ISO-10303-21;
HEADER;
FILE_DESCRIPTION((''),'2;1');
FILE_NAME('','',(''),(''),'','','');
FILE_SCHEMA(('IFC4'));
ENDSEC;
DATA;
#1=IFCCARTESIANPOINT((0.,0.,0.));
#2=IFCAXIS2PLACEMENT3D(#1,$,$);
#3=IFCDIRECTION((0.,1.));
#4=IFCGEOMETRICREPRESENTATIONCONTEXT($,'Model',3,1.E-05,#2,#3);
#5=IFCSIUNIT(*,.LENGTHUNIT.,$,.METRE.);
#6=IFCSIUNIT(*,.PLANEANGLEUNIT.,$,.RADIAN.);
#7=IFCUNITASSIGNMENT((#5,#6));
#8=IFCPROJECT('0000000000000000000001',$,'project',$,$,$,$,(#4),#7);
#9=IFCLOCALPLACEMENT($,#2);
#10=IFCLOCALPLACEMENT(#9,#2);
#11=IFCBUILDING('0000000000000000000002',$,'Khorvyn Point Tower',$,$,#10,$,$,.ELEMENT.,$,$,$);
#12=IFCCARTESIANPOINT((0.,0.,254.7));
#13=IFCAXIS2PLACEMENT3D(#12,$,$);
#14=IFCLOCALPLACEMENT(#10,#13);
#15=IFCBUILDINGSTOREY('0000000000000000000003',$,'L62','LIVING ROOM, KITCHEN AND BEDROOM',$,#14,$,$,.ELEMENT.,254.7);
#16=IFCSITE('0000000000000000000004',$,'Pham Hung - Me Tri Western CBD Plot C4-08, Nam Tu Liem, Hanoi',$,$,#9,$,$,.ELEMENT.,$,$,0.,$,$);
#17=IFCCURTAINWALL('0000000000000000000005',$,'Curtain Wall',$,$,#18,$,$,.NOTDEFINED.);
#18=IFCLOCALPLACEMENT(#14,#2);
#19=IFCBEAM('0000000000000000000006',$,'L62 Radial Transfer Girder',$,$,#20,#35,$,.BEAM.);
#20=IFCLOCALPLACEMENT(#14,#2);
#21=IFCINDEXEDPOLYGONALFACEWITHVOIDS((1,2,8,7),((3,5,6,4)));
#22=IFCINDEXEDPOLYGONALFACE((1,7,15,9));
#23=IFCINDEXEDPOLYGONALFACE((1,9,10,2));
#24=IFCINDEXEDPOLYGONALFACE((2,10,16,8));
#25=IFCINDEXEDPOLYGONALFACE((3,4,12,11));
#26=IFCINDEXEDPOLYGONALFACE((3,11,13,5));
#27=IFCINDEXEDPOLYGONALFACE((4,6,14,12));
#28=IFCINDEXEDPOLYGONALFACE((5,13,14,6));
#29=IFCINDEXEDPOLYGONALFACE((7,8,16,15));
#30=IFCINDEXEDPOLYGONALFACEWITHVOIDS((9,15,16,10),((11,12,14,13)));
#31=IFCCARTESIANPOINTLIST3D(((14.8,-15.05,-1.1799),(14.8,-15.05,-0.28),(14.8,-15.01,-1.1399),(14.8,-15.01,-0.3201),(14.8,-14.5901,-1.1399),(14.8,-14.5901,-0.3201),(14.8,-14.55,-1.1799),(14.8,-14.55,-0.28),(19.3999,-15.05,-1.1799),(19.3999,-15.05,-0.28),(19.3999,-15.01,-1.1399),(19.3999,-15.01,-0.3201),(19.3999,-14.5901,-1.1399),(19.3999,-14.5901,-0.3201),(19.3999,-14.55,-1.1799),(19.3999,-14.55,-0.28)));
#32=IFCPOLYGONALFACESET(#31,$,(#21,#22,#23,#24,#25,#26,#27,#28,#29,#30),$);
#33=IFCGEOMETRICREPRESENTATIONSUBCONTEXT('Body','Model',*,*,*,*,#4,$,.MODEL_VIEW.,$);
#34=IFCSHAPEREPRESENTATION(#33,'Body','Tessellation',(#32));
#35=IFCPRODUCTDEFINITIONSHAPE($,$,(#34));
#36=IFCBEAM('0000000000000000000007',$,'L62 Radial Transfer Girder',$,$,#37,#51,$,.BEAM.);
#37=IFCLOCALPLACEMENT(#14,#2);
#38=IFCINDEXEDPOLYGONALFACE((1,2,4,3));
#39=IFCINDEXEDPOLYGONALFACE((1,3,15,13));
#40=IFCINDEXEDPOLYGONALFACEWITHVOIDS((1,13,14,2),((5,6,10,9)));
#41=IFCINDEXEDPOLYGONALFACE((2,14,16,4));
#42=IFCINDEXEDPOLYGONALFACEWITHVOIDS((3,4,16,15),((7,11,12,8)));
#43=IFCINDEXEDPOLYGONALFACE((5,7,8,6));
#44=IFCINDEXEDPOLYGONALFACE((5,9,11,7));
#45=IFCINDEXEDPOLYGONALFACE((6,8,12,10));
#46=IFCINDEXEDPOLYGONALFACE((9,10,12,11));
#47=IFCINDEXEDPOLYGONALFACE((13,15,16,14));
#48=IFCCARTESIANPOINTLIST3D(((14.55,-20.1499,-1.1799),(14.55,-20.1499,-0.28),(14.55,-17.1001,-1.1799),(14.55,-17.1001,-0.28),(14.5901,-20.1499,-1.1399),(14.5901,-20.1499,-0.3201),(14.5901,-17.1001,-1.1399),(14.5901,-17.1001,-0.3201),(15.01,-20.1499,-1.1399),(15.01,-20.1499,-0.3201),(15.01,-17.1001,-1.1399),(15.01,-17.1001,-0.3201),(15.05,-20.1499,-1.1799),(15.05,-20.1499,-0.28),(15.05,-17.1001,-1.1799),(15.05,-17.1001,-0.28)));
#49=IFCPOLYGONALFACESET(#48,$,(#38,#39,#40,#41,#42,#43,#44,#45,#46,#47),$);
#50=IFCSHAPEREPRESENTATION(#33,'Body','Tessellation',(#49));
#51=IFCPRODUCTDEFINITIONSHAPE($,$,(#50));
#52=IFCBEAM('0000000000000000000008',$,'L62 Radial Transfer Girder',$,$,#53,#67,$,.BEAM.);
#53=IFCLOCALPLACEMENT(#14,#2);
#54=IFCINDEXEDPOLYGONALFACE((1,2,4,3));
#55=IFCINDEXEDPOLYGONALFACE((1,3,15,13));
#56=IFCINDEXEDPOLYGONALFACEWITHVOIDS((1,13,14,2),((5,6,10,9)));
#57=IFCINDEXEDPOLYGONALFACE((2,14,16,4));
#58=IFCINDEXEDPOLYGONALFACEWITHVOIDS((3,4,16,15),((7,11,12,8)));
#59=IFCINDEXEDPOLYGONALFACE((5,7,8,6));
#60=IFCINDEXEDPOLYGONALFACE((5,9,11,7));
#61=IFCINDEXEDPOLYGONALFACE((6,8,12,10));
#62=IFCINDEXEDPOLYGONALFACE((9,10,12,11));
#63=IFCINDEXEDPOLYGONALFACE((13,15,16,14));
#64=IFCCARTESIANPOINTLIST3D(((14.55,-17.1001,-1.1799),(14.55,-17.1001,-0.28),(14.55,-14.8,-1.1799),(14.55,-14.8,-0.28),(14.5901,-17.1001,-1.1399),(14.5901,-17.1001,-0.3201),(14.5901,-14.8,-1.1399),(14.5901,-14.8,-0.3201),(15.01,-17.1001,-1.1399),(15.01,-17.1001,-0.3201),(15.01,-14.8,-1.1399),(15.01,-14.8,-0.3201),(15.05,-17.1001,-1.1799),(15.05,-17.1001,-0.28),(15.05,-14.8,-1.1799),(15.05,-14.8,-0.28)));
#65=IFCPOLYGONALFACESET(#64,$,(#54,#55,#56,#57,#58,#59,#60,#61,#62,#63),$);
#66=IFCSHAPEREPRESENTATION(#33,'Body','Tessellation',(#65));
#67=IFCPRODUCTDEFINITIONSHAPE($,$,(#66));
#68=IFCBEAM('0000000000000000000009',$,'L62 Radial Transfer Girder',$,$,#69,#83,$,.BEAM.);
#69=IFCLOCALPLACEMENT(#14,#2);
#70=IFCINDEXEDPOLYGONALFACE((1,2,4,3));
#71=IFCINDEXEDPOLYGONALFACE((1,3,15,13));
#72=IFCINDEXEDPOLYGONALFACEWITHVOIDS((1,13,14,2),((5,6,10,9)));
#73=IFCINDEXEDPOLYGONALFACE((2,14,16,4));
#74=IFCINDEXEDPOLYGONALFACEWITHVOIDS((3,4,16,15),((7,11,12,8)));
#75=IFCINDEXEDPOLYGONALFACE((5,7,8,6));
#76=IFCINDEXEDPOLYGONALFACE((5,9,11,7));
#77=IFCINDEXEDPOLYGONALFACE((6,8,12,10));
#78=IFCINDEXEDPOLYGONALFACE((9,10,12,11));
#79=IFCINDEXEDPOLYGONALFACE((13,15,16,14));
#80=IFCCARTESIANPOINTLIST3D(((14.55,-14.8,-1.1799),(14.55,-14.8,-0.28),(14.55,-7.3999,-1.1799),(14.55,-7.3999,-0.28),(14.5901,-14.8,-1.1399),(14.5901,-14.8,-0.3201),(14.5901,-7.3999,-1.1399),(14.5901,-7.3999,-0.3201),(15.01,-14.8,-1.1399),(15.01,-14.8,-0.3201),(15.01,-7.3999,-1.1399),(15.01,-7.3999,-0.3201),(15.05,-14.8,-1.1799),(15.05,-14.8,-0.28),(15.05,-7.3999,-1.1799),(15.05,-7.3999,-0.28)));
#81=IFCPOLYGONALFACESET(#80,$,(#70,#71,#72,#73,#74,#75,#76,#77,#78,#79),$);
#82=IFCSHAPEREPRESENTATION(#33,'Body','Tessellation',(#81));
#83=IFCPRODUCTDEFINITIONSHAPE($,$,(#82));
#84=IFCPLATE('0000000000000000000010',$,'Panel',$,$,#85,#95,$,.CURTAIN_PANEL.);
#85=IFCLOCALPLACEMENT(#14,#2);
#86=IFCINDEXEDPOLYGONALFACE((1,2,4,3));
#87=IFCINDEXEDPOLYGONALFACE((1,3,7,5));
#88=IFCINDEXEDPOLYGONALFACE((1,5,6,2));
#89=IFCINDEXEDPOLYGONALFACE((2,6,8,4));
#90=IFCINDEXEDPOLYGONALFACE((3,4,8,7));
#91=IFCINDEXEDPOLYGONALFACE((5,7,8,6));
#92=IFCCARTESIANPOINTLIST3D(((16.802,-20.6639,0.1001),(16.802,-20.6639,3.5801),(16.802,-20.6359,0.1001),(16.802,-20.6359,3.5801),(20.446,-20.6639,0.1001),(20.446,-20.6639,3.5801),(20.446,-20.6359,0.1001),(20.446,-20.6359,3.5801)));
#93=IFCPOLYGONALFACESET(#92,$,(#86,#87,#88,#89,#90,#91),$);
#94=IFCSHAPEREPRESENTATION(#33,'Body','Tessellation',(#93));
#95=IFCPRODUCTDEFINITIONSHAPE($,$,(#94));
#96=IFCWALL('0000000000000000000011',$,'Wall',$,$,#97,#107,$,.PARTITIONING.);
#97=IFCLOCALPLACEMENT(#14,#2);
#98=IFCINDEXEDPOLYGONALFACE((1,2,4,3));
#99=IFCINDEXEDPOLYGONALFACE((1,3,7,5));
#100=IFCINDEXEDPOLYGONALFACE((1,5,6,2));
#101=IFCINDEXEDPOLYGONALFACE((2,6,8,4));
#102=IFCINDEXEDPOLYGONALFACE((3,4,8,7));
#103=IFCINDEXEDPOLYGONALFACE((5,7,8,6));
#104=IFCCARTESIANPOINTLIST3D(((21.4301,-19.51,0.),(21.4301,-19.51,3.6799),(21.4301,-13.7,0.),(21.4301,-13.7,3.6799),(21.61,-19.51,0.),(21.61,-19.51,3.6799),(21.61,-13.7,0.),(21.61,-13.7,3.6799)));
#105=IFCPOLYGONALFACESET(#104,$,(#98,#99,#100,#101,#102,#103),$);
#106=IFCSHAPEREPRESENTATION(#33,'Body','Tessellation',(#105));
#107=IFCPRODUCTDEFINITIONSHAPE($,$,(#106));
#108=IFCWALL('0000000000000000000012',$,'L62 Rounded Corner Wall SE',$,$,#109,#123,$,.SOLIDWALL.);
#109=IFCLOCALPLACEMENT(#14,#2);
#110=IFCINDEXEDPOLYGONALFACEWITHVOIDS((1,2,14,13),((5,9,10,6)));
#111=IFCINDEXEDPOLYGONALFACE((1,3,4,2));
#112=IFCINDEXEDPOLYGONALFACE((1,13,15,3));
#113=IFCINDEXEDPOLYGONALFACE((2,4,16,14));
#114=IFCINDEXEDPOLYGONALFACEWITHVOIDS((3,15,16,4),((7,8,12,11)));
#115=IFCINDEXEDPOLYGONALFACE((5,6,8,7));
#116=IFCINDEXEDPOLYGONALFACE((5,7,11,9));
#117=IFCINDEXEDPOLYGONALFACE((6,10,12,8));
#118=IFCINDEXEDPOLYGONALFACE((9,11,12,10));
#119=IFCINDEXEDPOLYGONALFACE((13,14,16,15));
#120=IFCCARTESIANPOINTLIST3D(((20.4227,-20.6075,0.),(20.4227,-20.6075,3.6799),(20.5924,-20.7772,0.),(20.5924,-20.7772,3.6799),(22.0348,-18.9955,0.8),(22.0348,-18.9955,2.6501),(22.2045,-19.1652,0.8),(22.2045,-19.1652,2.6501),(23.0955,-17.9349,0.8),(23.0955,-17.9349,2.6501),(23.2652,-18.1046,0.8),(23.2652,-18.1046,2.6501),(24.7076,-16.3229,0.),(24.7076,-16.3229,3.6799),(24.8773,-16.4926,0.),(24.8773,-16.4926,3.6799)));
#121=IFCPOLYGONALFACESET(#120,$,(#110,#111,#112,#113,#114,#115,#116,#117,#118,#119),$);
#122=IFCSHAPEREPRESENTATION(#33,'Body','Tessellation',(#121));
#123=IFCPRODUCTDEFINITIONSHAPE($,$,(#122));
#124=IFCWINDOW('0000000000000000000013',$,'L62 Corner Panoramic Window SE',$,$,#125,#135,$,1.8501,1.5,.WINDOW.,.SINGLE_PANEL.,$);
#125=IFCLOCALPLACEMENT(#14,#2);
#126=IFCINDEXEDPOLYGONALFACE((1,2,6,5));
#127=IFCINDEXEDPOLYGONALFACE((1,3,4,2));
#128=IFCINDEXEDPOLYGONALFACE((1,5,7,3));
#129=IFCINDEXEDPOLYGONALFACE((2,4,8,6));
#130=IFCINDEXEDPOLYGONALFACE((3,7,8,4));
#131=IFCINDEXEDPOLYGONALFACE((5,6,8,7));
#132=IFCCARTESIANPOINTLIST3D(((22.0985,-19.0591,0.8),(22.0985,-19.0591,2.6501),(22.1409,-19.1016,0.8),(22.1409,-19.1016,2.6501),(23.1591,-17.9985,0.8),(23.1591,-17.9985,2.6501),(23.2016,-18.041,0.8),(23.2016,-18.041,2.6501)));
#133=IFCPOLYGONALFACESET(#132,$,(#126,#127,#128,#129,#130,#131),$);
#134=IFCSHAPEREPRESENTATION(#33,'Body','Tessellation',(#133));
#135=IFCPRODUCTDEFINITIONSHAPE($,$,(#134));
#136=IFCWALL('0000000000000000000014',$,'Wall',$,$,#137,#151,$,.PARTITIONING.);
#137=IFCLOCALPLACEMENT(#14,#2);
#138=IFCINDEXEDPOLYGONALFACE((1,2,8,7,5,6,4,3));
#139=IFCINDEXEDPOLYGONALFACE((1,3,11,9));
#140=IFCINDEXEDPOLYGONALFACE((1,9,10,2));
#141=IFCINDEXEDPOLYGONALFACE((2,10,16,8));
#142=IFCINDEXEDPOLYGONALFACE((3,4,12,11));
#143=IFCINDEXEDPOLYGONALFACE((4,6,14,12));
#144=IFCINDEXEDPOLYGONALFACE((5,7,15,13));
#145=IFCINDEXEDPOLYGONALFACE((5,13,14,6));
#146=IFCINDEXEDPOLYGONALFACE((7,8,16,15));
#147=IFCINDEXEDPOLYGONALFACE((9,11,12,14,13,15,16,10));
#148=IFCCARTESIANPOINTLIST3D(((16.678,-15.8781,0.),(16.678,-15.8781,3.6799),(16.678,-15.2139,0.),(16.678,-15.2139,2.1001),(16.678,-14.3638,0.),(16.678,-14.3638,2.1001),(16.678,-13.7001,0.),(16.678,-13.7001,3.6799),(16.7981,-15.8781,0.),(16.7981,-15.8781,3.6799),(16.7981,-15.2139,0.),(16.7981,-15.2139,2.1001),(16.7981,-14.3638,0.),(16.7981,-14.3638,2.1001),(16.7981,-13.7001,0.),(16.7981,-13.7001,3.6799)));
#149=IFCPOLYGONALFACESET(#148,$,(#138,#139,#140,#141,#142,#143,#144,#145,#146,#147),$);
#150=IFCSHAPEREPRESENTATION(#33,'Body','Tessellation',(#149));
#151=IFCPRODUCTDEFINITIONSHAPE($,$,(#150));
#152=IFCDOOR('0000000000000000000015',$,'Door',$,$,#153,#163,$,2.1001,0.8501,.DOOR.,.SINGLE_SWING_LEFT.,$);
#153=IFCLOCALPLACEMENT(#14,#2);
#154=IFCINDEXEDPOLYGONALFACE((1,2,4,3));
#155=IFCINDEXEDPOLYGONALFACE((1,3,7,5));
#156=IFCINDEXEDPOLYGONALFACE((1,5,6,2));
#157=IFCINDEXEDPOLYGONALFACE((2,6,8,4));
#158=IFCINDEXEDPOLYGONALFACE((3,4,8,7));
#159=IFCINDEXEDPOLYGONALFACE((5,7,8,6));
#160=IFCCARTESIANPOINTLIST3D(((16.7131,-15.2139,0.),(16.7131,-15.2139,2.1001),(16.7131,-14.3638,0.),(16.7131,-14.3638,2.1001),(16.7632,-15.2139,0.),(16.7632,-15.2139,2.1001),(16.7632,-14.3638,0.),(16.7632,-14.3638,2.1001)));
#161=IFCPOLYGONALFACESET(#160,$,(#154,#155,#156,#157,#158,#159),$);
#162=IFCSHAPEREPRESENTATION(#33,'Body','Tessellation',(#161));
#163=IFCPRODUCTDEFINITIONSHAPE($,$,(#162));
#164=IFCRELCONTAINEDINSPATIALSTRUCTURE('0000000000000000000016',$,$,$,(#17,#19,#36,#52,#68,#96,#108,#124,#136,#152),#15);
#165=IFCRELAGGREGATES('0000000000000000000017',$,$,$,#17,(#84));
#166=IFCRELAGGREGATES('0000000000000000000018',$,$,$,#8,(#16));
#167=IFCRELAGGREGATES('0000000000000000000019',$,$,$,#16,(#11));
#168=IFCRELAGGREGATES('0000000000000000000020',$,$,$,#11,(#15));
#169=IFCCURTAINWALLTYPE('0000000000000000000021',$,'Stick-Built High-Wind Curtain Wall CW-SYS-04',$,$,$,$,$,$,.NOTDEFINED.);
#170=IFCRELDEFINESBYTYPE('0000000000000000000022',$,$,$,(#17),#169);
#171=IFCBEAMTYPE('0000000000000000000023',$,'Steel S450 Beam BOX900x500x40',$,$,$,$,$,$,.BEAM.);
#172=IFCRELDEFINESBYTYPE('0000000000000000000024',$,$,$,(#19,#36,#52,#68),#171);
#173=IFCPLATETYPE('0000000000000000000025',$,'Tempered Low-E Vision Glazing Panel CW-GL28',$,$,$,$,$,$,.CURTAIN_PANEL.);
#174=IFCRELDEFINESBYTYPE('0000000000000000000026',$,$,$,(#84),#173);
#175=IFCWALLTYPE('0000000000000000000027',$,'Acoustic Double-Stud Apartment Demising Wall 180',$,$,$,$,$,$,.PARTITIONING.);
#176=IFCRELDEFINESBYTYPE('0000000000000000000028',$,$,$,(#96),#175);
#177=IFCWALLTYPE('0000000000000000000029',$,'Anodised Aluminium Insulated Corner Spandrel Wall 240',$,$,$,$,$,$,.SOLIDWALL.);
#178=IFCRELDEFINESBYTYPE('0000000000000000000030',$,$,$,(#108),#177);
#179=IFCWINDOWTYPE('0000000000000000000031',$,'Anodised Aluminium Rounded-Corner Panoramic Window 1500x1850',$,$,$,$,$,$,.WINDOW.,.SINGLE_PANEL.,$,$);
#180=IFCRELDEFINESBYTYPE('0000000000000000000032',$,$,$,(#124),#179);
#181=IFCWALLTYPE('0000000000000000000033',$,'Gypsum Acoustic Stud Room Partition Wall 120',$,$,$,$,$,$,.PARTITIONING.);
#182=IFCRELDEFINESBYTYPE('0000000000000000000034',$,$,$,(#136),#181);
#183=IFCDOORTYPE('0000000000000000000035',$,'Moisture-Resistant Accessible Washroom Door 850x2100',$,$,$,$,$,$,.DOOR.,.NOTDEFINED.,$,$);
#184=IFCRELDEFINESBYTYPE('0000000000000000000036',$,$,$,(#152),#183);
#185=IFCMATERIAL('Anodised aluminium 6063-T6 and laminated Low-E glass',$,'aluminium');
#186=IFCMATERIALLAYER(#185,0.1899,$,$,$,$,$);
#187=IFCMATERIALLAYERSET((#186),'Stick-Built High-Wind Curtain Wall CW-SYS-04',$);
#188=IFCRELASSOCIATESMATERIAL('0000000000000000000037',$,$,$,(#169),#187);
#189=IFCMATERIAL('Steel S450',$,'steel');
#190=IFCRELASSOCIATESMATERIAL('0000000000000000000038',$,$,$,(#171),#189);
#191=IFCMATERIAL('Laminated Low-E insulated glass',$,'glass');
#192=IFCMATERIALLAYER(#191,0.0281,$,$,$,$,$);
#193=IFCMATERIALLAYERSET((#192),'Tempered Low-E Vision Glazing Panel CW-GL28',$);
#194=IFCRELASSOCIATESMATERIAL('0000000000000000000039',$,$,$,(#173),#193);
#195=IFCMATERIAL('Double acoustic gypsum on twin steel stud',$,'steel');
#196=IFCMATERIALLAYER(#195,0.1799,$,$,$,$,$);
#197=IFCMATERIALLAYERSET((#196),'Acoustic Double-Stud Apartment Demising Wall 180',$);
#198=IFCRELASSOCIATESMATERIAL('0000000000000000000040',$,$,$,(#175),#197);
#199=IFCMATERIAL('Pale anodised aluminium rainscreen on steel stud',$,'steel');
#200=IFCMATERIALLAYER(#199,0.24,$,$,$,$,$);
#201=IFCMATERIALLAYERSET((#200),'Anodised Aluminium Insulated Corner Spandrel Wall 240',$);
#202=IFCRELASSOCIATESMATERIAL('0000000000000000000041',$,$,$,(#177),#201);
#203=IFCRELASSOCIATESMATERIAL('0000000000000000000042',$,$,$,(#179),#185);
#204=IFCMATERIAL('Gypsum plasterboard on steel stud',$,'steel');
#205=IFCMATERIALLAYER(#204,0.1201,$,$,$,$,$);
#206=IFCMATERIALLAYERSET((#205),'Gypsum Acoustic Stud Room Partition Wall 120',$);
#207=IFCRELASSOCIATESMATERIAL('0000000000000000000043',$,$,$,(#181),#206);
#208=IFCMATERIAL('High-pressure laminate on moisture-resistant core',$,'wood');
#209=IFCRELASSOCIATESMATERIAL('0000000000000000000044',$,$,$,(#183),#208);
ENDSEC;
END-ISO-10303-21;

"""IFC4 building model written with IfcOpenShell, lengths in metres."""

from ifc_helpers import new_model, si_unit, direction, frame, frame_2d, origin, origin_2d, place, context, subcontext, project, spatial, rectangle, hollow_rectangle, extrude, material, layer, layer_set, material_profile, profile_set, type_object, element, fill, aggregate, save


model = new_model("IFC4")

# Units and contexts
model_context = context("Model", 3, precision=1e-05, world=origin(), true_north=direction((0.0, 1.0)))
body_context = subcontext(model_context, "Body", "Model", "MODEL_VIEW")
ifc_project = project(units=[si_unit("LENGTHUNIT", "METRE"), si_unit("PLANEANGLEUNIT", "RADIAN")], contexts=[model_context])

# Site, building, storey
site_placement = place(None, origin())
site = spatial("IfcSite", under=ifc_project, at=site_placement, Name="Pham Hung - Me Tri Western CBD Plot C4-08, Nam Tu Liem, Hanoi", CompositionType="ELEMENT", RefElevation=0.0)
building_placement = place(site_placement, origin())
building = spatial("IfcBuilding", under=site, at=building_placement, Name="Khorvyn Point Tower", CompositionType="ELEMENT")
storey_placement = place(building_placement, frame((0.0, 0.0, 254.7)))
storey = spatial("IfcBuildingStorey", under=building, at=storey_placement, Name="L62", Description="LIVING ROOM, KITCHEN AND BEDROOM", CompositionType="ELEMENT", Elevation=254.7)

# Shared definitions
ifc_material_1 = material(Name="Steel S450", Category="steel")

# Curtain wall
ifc_material_2 = material(Name="Anodised aluminium 6063-T6 and laminated Low-E glass", Category="aluminium")
ifc_layer_1 = layer(ifc_material_2, 0.1899)
ifc_layer_set_1 = layer_set([ifc_layer_1], Name="Stick-Built High-Wind Curtain Wall CW-SYS-04")
curtain_wall_type = type_object("IfcCurtainWallType", Name="Stick-Built High-Wind Curtain Wall CW-SYS-04", PredefinedType="NOTDEFINED", material=ifc_layer_set_1)
curtain_wall_1_placement = place(storey_placement, origin())
curtain_wall_1 = element("IfcCurtainWall", 1, at=curtain_wall_1_placement, inside=storey, type_object=curtain_wall_type, Name="Curtain Wall", PredefinedType="NOTDEFINED")

# Beams
ifc_material_profile_1 = material_profile(ifc_material_1, hollow_rectangle(XDim=0.5, YDim=0.8999, WallThickness=0.04, at=origin_2d()))
ifc_profile_set_1 = profile_set([ifc_material_profile_1], Name="Steel S450 BOX900x500x40")
beam_type_1 = type_object("IfcBeamType", Name="Steel S450 Beam BOX900x500x40", PredefinedType="BEAM", material=ifc_profile_set_1)
beam_1_placement = place(storey_placement, frame((14.8, -14.8, -0.73), z_axis=(1.0, 0.0, 0.0), x_axis=(0.0, 1.0, 0.0)))
element("IfcBeam", 2, at=beam_1_placement, inside=storey, type_object=beam_type_1, Name="L62 Radial Transfer Girder", PredefinedType="BEAM", context=body_context, shape_type="SweptSolid", body=[
    extrude(hollow_rectangle(XDim=0.5, YDim=0.8999, WallThickness=0.04, at=origin_2d()), origin(), (0.0, 0.0, 1.0), 4.5999),
])
beam_2_placement = place(storey_placement, frame((14.8, -20.1499, -0.73), z_axis=(0.0, 1.0, 0.0), x_axis=(-1.0, 0.0, 0.0)))
element("IfcBeam", 3, at=beam_2_placement, inside=storey, type_object=beam_type_1, Name="L62 Radial Transfer Girder", PredefinedType="BEAM", context=body_context, shape_type="SweptSolid", body=[
    extrude(hollow_rectangle(XDim=0.5, YDim=0.8999, WallThickness=0.04, at=origin_2d()), origin(), (0.0, 0.0, 1.0), 3.0498),
])
beam_3_placement = place(storey_placement, frame((14.8, -17.1001, -0.73), z_axis=(0.0, 1.0, 0.0), x_axis=(-1.0, 0.0, 0.0)))
element("IfcBeam", 4, at=beam_3_placement, inside=storey, type_object=beam_type_1, Name="L62 Radial Transfer Girder", PredefinedType="BEAM", context=body_context, shape_type="SweptSolid", body=[
    extrude(hollow_rectangle(XDim=0.5, YDim=0.8999, WallThickness=0.04, at=origin_2d()), origin(), (0.0, 0.0, 1.0), 2.3),
])
beam_4_placement = place(storey_placement, frame((14.8, -14.8, -0.73), z_axis=(0.0, 1.0, 0.0), x_axis=(-1.0, 0.0, 0.0)))
element("IfcBeam", 5, at=beam_4_placement, inside=storey, type_object=beam_type_1, Name="L62 Radial Transfer Girder", PredefinedType="BEAM", context=body_context, shape_type="SweptSolid", body=[
    extrude(hollow_rectangle(XDim=0.5, YDim=0.8999, WallThickness=0.04, at=origin_2d()), origin(), (0.0, 0.0, 1.0), 7.4001),
])

# Plate
ifc_material_3 = material(Name="Laminated Low-E insulated glass", Category="glass")
ifc_layer_2 = layer(ifc_material_3, 0.0281)
ifc_layer_set_2 = layer_set([ifc_layer_2], Name="Tempered Low-E Vision Glazing Panel CW-GL28")
plate_type = type_object("IfcPlateType", Name="Tempered Low-E Vision Glazing Panel CW-GL28", PredefinedType="CURTAIN_PANEL", material=ifc_layer_set_2)
plate_placement = place(storey_placement, frame((18.624, -20.6499, 0.1001), z_axis=(0.0, 0.0, 1.0), x_axis=(-1.0, 0.0, 0.0)))
plate = element("IfcPlate", 6, at=plate_placement, type_object=plate_type, Name="Panel", PredefinedType="CURTAIN_PANEL", context=body_context, shape_type="SweptSolid", body=[
    extrude(rectangle(XDim=3.644, YDim=0.0281, at=origin_2d()), origin(), (0.0, 0.0, 1.0), 3.48),
])
aggregate(curtain_wall_1, [plate])

# Wall
ifc_material_4 = material(Name="Double acoustic gypsum on twin steel stud", Category="steel")
ifc_layer_3 = layer(ifc_material_4, 0.1799)
ifc_layer_set_3 = layer_set([ifc_layer_3], Name="Acoustic Double-Stud Apartment Demising Wall 180")
wall_type_1 = type_object("IfcWallType", Name="Acoustic Double-Stud Apartment Demising Wall 180", PredefinedType="PARTITIONING", material=ifc_layer_set_3)
wall_1_placement = place(storey_placement, frame((21.52, -19.51, 0.0), z_axis=(0.0, 0.0, 1.0), x_axis=(0.0, 1.0, 0.0)))
element("IfcWall", 7, at=wall_1_placement, inside=storey, type_object=wall_type_1, Name="Wall", PredefinedType="PARTITIONING", context=body_context, shape_type="SweptSolid", body=[
    extrude(rectangle(XDim=5.8101, YDim=0.1799, at=frame_2d((2.905, 0.0))), origin(), (0.0, 0.0, 1.0), 3.6799),
])

# Wall, opening, window
ifc_material_5 = material(Name="Pale anodised aluminium rainscreen on steel stud", Category="steel")
ifc_layer_4 = layer(ifc_material_5, 0.24)
ifc_layer_set_4 = layer_set([ifc_layer_4], Name="Anodised Aluminium Insulated Corner Spandrel Wall 240")
wall_type_2 = type_object("IfcWallType", Name="Anodised Aluminium Insulated Corner Spandrel Wall 240", PredefinedType="SOLIDWALL", material=ifc_layer_set_4)
wall_2_placement = place(storey_placement, frame((24.7925, -16.4077, 0.0), z_axis=(0.0, 0.0, 1.0), x_axis=(-0.707127, -0.707087, 0.0)))
wall_2 = element("IfcWall", 8, at=wall_2_placement, inside=storey, type_object=wall_type_2, Name="L62 Rounded Corner Wall SE", PredefinedType="SOLIDWALL", context=body_context, shape_type="SweptSolid", body=[
    extrude(rectangle(XDim=6.0596, YDim=0.24, at=frame_2d((3.0298, 0.0))), origin(), (0.0, 0.0, 1.0), 3.6799),
])
opening_1_placement = place(wall_2_placement, frame((2.2798, 0.0, 0.8)))
opening_1 = element("IfcOpeningElement", 9, at=opening_1_placement, cuts=wall_2, PredefinedType="OPENING", context=body_context, shape_type="SweptSolid", body=[
    extrude(rectangle(XDim=1.5, YDim=1.8501, at=frame_2d((0.75, 0.925))), frame((0.0, 0.1299, 0.0), z_axis=(0.0, -1.0, 0.0), x_axis=(1.0, 0.0, 0.0)), (0.0, 0.0, 1.0), 0.26),
])
window_type = type_object("IfcWindowType", Name="Anodised Aluminium Rounded-Corner Panoramic Window 1500x1850", PartitioningType="SINGLE_PANEL", PredefinedType="WINDOW", material=ifc_material_2)
window_placement = place(opening_1_placement, origin())
window = element("IfcWindow", 10, at=window_placement, inside=storey, type_object=window_type, Name="L62 Corner Panoramic Window SE", OverallHeight=1.8501, OverallWidth=1.5, PartitioningType="SINGLE_PANEL", PredefinedType="WINDOW", context=body_context, shape_type="SweptSolid", body=[
    extrude(rectangle(XDim=1.5, YDim=1.8501, at=frame_2d((0.75, 0.925))), frame((0.0, 0.03, 0.0), z_axis=(0.0, -1.0, 0.0), x_axis=(1.0, 0.0, 0.0)), (0.0, 0.0, 1.0), 0.0601),
])
fill(opening_1, window)

# Wall, opening, door
ifc_material_6 = material(Name="Gypsum plasterboard on steel stud", Category="steel")
ifc_layer_5 = layer(ifc_material_6, 0.1201)
ifc_layer_set_5 = layer_set([ifc_layer_5], Name="Gypsum Acoustic Stud Room Partition Wall 120")
wall_type_3 = type_object("IfcWallType", Name="Gypsum Acoustic Stud Room Partition Wall 120", PredefinedType="PARTITIONING", material=ifc_layer_set_5)
wall_3_placement = place(storey_placement, frame((16.738, -15.8779, 0.0), z_axis=(0.0, 0.0, 1.0), x_axis=(0.0, 1.0, 0.0)))
wall_3 = element("IfcWall", 11, at=wall_3_placement, inside=storey, type_object=wall_type_3, Name="Wall", PredefinedType="PARTITIONING", context=body_context, shape_type="SweptSolid", body=[
    extrude(rectangle(XDim=2.178, YDim=0.1201, at=frame_2d((1.0889, 0.0))), origin(), (0.0, 0.0, 1.0), 3.6799),
])
opening_2_placement = place(wall_3_placement, frame((0.6641, 0.0, 0.0)))
opening_2 = element("IfcOpeningElement", 12, at=opening_2_placement, cuts=wall_3, PredefinedType="OPENING", context=body_context, shape_type="SweptSolid", body=[
    extrude(rectangle(XDim=0.8501, YDim=2.1001, at=frame_2d((0.425, 1.05))), frame((0.0, 0.0701, 0.0), z_axis=(0.0, -1.0, 0.0), x_axis=(1.0, 0.0, 0.0)), (0.0, 0.0, 1.0), 0.1401),
])
ifc_material_7 = material(Name="High-pressure laminate on moisture-resistant core", Category="wood")
door_type_1 = type_object("IfcDoorType", Name="Moisture-Resistant Accessible Washroom Door 850x2100", OperationType="NOTDEFINED", PredefinedType="DOOR", material=ifc_material_7)
door_1_placement = place(opening_2_placement, origin())
door_1 = element("IfcDoor", 13, at=door_1_placement, inside=storey, type_object=door_type_1, Name="Door", OperationType="SINGLE_SWING_LEFT", OverallHeight=2.1001, OverallWidth=0.8501, PredefinedType="DOOR", context=body_context, shape_type="SweptSolid", body=[
    extrude(rectangle(XDim=0.8501, YDim=2.1001, at=frame_2d((0.425, 1.05))), frame((0.0, 0.0249, 0.0), z_axis=(0.0, -1.0, 0.0), x_axis=(1.0, 0.0, 0.0)), (0.0, 0.0, 1.0), 0.05),
])
fill(opening_2, door_1)

save(model, "model.ifc")
